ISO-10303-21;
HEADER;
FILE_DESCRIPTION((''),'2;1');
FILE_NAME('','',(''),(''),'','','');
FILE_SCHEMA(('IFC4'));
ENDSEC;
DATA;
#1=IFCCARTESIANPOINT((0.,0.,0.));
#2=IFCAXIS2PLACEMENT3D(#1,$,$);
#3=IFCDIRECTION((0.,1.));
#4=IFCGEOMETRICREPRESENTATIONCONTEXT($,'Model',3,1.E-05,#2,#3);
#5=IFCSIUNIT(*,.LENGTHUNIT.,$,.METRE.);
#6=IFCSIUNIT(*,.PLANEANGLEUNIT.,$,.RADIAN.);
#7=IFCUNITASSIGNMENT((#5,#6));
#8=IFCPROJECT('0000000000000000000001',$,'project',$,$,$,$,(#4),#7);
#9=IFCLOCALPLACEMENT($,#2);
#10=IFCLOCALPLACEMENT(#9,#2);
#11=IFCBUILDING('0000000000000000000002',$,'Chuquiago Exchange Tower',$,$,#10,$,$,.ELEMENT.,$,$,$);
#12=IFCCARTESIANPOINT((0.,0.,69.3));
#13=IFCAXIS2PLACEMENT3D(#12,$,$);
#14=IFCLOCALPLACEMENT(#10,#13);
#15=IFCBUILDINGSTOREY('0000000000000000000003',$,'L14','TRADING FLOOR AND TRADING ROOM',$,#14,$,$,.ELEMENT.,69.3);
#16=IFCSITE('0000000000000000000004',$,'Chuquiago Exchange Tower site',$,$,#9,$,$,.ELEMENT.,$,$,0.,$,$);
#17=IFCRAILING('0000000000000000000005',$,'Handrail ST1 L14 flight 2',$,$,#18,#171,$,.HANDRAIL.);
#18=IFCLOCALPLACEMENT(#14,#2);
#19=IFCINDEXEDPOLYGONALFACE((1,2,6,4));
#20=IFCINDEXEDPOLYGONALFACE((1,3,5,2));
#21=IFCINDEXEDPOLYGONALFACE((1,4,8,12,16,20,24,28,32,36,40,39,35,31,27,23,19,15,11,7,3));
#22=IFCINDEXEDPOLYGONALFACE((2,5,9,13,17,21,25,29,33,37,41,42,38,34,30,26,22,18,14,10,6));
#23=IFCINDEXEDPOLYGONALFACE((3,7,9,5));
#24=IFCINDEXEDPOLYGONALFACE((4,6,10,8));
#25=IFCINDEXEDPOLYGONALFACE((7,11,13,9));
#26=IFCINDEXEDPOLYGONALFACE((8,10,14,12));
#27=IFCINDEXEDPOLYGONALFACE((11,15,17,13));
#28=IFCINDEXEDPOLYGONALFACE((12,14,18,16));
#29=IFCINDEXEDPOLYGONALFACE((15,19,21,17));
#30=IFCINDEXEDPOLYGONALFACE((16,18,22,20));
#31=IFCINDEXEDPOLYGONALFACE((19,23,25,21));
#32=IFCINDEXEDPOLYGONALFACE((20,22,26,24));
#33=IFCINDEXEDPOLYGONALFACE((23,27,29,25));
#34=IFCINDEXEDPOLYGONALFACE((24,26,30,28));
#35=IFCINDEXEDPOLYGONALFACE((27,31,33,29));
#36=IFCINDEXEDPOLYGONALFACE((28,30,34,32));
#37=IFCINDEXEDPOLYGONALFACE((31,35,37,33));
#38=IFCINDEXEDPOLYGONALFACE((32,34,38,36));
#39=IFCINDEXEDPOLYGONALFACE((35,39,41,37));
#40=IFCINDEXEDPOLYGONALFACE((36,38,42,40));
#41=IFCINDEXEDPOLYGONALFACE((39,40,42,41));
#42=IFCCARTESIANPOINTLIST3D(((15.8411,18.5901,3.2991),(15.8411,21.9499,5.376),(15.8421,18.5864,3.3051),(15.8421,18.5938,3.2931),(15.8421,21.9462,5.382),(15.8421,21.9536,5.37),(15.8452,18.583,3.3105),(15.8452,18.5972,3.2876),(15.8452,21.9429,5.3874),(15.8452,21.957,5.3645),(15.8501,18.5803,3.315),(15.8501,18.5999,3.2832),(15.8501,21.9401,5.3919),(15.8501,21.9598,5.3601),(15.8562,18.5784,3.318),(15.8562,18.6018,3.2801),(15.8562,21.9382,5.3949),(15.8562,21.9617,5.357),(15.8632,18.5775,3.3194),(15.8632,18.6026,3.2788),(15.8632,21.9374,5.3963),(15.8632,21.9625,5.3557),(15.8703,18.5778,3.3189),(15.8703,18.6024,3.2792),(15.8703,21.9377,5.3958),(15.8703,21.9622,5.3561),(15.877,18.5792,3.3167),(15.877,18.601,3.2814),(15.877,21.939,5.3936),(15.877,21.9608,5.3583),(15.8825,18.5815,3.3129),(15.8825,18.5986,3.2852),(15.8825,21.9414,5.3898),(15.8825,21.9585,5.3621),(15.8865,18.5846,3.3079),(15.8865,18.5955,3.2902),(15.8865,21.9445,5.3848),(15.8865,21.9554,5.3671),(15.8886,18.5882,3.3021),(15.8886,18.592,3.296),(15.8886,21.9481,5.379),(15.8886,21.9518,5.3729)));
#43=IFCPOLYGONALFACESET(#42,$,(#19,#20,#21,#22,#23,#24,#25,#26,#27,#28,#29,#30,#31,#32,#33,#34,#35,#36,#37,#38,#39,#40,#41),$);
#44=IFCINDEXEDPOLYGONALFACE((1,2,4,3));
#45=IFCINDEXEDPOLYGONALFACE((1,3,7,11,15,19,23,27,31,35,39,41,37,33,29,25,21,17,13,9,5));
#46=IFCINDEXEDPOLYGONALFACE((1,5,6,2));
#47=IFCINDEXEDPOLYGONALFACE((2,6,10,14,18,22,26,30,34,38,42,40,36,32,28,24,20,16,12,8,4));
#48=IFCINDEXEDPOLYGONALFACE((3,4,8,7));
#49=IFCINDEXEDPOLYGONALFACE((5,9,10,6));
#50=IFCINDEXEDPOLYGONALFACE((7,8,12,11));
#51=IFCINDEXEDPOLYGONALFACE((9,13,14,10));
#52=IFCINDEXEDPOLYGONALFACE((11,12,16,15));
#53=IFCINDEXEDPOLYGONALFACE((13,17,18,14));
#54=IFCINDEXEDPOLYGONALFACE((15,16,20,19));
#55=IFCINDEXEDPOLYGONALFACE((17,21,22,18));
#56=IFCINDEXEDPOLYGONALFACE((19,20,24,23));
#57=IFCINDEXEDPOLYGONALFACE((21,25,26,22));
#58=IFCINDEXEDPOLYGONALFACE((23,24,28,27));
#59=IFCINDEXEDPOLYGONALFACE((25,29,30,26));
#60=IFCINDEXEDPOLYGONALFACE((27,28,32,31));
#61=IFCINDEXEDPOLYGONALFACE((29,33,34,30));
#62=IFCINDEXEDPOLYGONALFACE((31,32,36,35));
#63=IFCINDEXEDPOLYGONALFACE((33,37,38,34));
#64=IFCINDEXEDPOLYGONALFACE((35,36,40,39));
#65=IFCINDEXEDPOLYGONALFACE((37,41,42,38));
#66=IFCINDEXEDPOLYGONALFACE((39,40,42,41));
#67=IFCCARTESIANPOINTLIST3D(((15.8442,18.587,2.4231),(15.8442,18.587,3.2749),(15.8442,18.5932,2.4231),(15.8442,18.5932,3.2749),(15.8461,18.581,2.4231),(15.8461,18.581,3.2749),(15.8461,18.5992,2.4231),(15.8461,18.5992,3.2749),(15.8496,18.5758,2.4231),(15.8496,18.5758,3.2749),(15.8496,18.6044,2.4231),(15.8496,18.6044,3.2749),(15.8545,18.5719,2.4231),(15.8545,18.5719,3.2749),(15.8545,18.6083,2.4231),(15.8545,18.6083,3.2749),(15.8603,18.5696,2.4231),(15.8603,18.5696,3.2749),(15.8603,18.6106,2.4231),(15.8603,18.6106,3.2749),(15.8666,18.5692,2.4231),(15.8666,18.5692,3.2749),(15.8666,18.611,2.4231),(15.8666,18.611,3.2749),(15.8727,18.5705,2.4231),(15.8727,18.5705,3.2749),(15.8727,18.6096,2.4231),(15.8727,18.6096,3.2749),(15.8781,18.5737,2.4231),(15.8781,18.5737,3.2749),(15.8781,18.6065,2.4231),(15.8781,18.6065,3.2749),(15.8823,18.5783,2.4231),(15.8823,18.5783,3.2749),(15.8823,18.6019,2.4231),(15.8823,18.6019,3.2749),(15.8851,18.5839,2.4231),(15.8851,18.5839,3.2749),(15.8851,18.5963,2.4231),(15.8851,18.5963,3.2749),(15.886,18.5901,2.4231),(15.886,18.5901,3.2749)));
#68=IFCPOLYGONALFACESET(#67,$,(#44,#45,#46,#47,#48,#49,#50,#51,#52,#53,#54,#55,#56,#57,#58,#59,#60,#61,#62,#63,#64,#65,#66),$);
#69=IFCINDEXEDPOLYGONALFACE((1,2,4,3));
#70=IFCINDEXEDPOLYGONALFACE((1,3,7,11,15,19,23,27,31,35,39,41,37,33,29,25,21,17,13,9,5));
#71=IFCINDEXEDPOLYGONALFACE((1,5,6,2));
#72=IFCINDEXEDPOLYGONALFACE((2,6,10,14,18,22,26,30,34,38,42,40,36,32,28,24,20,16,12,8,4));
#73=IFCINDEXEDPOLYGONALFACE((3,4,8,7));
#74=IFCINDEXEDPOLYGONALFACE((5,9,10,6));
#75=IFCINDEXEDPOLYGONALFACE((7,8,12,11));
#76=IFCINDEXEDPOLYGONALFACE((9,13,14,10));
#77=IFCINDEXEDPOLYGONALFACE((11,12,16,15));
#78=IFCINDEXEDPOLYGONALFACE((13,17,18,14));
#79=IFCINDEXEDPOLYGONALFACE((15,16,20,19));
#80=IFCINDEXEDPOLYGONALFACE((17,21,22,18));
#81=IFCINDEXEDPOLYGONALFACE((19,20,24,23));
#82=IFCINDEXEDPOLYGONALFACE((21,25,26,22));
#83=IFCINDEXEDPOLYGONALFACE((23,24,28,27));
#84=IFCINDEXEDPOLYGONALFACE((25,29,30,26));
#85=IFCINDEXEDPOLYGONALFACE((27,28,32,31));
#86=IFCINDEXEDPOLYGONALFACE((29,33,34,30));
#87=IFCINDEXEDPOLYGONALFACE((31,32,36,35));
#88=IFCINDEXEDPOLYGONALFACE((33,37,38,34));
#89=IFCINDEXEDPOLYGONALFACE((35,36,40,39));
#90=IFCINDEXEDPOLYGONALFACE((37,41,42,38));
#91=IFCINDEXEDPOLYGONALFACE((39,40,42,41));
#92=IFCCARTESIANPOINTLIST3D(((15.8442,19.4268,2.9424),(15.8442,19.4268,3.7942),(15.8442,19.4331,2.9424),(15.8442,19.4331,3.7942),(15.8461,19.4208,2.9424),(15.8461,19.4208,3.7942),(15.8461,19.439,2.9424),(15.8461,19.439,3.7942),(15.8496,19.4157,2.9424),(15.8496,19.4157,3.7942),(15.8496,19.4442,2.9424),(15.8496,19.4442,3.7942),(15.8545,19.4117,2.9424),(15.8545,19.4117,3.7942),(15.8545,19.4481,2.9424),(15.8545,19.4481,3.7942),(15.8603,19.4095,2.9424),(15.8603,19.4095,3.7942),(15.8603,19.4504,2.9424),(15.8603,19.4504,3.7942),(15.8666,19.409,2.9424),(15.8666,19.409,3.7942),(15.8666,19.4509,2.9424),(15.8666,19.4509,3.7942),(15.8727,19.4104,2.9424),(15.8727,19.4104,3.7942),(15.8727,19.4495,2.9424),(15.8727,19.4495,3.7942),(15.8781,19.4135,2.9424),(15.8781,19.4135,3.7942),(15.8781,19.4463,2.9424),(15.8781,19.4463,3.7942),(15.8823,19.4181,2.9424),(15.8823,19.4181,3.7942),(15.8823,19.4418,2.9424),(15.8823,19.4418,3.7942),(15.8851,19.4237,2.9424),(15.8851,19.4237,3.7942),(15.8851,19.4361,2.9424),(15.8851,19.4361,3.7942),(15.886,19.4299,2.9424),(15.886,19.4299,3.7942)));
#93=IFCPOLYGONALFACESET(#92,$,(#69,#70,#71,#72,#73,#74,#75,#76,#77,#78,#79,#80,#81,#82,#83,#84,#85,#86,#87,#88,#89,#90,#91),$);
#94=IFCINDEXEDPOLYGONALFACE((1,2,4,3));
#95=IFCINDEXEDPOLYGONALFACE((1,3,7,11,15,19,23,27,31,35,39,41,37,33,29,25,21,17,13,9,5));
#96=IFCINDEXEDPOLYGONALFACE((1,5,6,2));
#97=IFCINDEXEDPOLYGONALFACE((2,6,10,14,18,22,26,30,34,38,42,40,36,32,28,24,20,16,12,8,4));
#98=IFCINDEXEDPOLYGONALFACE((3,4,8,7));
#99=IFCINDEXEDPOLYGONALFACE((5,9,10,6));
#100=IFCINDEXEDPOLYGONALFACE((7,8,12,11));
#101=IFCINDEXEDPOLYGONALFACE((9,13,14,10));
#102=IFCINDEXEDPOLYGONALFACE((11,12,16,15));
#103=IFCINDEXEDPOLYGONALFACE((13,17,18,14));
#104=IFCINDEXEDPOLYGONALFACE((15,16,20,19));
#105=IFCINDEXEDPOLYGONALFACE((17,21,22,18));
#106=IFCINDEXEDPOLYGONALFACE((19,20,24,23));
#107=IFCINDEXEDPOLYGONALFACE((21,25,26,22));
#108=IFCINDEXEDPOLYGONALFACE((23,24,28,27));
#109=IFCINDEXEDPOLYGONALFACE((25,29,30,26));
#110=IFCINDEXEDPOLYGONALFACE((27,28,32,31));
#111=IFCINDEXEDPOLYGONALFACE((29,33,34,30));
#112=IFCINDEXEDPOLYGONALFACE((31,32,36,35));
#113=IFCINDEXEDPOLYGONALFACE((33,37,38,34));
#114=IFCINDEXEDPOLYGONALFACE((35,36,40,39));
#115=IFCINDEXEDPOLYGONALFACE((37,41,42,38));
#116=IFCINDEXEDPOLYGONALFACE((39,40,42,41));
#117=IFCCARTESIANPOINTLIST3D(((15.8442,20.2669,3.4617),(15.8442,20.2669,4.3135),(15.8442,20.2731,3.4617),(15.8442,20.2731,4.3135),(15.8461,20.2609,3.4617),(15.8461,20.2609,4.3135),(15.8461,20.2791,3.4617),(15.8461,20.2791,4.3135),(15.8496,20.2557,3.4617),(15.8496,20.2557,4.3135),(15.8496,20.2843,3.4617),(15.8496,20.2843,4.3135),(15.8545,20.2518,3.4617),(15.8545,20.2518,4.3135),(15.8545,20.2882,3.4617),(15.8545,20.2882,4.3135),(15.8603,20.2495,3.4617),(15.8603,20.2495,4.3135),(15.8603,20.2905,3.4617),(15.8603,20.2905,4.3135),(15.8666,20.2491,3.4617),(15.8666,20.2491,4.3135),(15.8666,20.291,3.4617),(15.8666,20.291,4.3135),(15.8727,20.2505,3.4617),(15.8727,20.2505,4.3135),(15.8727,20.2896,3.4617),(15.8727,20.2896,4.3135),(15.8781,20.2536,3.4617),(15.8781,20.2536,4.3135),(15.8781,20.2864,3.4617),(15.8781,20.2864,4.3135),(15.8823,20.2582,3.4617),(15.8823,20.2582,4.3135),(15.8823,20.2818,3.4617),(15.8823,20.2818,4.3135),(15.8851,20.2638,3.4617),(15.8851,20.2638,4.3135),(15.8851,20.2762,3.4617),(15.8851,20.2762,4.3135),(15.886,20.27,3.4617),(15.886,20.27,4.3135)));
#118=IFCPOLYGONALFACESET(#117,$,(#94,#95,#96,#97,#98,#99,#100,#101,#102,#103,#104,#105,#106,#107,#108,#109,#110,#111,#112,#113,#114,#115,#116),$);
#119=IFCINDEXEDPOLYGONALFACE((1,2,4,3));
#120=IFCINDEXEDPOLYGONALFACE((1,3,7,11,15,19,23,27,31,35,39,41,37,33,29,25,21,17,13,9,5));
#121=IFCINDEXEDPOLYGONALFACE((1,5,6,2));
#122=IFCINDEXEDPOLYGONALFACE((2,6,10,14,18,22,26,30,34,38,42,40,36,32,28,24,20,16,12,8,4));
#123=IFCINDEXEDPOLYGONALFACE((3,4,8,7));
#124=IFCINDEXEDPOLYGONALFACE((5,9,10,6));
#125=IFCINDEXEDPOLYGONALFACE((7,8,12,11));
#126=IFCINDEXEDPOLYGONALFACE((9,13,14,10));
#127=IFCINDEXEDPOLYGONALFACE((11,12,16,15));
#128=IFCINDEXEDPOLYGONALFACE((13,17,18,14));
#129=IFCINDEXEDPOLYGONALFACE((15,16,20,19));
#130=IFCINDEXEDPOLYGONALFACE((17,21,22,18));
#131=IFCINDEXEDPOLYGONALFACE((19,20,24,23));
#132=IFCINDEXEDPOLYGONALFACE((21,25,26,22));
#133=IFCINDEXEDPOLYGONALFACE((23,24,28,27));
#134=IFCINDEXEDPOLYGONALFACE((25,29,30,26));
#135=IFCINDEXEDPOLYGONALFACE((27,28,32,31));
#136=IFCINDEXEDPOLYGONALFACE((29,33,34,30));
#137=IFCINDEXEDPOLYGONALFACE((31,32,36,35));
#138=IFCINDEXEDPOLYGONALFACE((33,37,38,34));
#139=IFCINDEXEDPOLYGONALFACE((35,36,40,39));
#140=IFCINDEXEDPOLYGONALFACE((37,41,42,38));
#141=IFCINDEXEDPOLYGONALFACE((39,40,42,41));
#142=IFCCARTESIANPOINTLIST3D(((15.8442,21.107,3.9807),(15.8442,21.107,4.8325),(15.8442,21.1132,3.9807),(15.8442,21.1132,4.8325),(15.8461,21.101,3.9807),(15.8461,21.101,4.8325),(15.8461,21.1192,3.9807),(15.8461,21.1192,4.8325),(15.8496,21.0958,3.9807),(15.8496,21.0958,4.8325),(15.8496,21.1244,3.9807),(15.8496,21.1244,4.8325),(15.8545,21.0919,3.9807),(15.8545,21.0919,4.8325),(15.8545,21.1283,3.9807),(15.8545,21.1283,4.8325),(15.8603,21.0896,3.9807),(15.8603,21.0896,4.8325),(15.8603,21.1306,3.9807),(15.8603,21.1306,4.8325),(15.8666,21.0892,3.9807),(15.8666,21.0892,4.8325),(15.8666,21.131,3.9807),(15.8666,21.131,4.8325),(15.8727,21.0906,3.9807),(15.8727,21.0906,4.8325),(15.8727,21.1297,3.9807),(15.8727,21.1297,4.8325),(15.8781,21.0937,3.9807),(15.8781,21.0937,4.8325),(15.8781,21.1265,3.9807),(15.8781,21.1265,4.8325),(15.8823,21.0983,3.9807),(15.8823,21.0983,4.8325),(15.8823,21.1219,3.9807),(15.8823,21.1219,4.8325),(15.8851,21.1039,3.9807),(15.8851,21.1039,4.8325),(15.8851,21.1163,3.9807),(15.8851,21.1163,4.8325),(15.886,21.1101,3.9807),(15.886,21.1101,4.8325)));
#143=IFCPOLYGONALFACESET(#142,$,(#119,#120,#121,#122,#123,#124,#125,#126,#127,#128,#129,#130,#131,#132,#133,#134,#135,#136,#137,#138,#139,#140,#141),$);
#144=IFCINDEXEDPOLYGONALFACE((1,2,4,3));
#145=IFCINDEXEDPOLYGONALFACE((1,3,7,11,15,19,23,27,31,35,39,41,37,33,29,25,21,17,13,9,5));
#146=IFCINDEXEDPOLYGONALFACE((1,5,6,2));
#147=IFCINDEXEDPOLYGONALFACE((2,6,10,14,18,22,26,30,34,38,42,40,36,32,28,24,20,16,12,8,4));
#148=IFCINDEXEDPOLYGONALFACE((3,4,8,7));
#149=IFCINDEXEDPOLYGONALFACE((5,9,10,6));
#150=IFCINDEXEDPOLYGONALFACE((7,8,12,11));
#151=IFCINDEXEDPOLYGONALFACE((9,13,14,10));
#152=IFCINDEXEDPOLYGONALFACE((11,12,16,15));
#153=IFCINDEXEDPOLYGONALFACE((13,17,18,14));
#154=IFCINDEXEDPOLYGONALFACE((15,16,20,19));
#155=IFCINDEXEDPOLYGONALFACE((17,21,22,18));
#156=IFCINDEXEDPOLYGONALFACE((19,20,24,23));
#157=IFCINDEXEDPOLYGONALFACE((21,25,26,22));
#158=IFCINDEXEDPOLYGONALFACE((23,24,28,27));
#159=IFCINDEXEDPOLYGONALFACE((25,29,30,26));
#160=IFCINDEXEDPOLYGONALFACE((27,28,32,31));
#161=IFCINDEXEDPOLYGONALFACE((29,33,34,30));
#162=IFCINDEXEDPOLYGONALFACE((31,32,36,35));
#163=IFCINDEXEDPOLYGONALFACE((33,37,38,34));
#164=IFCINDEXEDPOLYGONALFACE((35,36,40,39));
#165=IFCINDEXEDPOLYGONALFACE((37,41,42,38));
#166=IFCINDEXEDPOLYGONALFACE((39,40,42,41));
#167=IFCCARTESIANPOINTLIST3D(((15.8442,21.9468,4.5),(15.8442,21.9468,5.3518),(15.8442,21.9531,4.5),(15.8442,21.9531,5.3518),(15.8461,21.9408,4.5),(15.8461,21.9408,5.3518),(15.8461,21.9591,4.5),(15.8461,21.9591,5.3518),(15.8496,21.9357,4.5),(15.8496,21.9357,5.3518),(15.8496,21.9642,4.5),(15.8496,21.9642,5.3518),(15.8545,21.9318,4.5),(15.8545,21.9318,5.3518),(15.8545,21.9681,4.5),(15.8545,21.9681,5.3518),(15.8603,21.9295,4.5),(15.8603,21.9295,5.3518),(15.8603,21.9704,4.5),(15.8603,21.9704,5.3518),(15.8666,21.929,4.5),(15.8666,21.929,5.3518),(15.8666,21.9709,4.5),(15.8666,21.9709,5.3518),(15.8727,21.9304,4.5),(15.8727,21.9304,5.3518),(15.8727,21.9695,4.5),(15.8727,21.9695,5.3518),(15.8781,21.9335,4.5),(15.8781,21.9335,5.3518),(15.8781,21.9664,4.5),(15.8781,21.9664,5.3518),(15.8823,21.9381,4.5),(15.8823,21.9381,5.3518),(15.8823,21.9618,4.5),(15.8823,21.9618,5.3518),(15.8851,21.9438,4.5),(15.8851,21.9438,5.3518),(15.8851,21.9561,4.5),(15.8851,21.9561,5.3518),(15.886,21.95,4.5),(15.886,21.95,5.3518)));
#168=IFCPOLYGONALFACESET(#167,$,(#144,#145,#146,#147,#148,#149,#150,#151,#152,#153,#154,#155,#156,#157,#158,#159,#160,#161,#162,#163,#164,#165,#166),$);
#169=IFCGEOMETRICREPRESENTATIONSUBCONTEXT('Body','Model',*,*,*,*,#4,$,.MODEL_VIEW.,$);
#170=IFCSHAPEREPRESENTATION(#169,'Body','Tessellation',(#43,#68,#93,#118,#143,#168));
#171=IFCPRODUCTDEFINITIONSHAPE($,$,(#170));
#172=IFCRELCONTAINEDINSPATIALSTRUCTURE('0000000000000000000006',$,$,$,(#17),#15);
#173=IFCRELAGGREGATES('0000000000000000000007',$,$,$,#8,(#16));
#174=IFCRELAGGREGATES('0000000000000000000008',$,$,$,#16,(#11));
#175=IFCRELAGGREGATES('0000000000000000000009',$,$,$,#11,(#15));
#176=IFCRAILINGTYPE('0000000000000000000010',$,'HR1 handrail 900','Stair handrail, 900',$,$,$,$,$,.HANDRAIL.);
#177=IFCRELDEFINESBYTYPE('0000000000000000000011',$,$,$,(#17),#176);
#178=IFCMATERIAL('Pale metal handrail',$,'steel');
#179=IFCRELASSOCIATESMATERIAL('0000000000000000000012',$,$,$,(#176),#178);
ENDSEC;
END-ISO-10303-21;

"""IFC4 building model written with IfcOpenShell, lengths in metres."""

from ifc_helpers import new_model, si_unit, direction, frame, origin, origin_2d, place, context, subcontext, project, spatial, circle, extrude, material, type_object, element, save


model = new_model("IFC4")

# Units and contexts
model_context = context("Model", 3, precision=1e-05, world=origin(), true_north=direction((0.0, 1.0)))
body_context = subcontext(model_context, "Body", "Model", "MODEL_VIEW")
ifc_project = project(units=[si_unit("LENGTHUNIT", "METRE"), si_unit("PLANEANGLEUNIT", "RADIAN")], contexts=[model_context])

# Site, building, storey
site_placement = place(None, origin())
site = spatial("IfcSite", under=ifc_project, at=site_placement, Name="Chuquiago Exchange Tower site", CompositionType="ELEMENT", RefElevation=0.0)
building_placement = place(site_placement, origin())
building = spatial("IfcBuilding", under=site, at=building_placement, Name="Chuquiago Exchange Tower", CompositionType="ELEMENT")
storey_placement = place(building_placement, frame((0.0, 0.0, 69.3)))
storey = spatial("IfcBuildingStorey", under=building, at=storey_placement, Name="L14", Description="TRADING FLOOR AND TRADING ROOM", CompositionType="ELEMENT", Elevation=69.3)

# Railing
ifc_material_1 = material(Name="Pale metal handrail", Category="steel")
railing_type_1 = type_object("IfcRailingType", Name="HR1 handrail 900", Description="Stair handrail, 900", PredefinedType="HANDRAIL", material=ifc_material_1)
for number, where, name in (
    (1, (15.865, 18.5901, 2.4231), "Handrail ST1 L14 flight 2"),
):
    element("IfcRailing", number, at=place(storey_placement, frame(where)), inside=storey, type_object=railing_type_1, Name=name, PredefinedType="HANDRAIL", context=body_context, shape_type="SweptSolid", body=[
        extrude(circle(Radius=0.0239, at=origin_2d()), frame((0.0, 0.0, 0.876), z_axis=(0.0, 0.850606, 0.525803), x_axis=(-1.0, 0.0, 0.0)), (0.0, 0.0, 1.0), 3.95),
        extrude(circle(Radius=0.021, at=origin_2d()), origin(), (0.0, 0.0, 1.0), 0.8518),
        extrude(circle(Radius=0.021, at=origin_2d()), frame((0.0, 0.8398, 0.5193)), (0.0, 0.0, 1.0), 0.8518),
        extrude(circle(Radius=0.021, at=origin_2d()), frame((0.0, 1.6799, 1.0386)), (0.0, 0.0, 1.0), 0.8518),
        extrude(circle(Radius=0.021, at=origin_2d()), frame((0.0, 2.52, 1.5576)), (0.0, 0.0, 1.0), 0.8518),
        extrude(circle(Radius=0.021, at=origin_2d()), frame((0.0, 3.3599, 2.0769)), (0.0, 0.0, 1.0), 0.8518),
    ])

save(model, "model.ifc")
